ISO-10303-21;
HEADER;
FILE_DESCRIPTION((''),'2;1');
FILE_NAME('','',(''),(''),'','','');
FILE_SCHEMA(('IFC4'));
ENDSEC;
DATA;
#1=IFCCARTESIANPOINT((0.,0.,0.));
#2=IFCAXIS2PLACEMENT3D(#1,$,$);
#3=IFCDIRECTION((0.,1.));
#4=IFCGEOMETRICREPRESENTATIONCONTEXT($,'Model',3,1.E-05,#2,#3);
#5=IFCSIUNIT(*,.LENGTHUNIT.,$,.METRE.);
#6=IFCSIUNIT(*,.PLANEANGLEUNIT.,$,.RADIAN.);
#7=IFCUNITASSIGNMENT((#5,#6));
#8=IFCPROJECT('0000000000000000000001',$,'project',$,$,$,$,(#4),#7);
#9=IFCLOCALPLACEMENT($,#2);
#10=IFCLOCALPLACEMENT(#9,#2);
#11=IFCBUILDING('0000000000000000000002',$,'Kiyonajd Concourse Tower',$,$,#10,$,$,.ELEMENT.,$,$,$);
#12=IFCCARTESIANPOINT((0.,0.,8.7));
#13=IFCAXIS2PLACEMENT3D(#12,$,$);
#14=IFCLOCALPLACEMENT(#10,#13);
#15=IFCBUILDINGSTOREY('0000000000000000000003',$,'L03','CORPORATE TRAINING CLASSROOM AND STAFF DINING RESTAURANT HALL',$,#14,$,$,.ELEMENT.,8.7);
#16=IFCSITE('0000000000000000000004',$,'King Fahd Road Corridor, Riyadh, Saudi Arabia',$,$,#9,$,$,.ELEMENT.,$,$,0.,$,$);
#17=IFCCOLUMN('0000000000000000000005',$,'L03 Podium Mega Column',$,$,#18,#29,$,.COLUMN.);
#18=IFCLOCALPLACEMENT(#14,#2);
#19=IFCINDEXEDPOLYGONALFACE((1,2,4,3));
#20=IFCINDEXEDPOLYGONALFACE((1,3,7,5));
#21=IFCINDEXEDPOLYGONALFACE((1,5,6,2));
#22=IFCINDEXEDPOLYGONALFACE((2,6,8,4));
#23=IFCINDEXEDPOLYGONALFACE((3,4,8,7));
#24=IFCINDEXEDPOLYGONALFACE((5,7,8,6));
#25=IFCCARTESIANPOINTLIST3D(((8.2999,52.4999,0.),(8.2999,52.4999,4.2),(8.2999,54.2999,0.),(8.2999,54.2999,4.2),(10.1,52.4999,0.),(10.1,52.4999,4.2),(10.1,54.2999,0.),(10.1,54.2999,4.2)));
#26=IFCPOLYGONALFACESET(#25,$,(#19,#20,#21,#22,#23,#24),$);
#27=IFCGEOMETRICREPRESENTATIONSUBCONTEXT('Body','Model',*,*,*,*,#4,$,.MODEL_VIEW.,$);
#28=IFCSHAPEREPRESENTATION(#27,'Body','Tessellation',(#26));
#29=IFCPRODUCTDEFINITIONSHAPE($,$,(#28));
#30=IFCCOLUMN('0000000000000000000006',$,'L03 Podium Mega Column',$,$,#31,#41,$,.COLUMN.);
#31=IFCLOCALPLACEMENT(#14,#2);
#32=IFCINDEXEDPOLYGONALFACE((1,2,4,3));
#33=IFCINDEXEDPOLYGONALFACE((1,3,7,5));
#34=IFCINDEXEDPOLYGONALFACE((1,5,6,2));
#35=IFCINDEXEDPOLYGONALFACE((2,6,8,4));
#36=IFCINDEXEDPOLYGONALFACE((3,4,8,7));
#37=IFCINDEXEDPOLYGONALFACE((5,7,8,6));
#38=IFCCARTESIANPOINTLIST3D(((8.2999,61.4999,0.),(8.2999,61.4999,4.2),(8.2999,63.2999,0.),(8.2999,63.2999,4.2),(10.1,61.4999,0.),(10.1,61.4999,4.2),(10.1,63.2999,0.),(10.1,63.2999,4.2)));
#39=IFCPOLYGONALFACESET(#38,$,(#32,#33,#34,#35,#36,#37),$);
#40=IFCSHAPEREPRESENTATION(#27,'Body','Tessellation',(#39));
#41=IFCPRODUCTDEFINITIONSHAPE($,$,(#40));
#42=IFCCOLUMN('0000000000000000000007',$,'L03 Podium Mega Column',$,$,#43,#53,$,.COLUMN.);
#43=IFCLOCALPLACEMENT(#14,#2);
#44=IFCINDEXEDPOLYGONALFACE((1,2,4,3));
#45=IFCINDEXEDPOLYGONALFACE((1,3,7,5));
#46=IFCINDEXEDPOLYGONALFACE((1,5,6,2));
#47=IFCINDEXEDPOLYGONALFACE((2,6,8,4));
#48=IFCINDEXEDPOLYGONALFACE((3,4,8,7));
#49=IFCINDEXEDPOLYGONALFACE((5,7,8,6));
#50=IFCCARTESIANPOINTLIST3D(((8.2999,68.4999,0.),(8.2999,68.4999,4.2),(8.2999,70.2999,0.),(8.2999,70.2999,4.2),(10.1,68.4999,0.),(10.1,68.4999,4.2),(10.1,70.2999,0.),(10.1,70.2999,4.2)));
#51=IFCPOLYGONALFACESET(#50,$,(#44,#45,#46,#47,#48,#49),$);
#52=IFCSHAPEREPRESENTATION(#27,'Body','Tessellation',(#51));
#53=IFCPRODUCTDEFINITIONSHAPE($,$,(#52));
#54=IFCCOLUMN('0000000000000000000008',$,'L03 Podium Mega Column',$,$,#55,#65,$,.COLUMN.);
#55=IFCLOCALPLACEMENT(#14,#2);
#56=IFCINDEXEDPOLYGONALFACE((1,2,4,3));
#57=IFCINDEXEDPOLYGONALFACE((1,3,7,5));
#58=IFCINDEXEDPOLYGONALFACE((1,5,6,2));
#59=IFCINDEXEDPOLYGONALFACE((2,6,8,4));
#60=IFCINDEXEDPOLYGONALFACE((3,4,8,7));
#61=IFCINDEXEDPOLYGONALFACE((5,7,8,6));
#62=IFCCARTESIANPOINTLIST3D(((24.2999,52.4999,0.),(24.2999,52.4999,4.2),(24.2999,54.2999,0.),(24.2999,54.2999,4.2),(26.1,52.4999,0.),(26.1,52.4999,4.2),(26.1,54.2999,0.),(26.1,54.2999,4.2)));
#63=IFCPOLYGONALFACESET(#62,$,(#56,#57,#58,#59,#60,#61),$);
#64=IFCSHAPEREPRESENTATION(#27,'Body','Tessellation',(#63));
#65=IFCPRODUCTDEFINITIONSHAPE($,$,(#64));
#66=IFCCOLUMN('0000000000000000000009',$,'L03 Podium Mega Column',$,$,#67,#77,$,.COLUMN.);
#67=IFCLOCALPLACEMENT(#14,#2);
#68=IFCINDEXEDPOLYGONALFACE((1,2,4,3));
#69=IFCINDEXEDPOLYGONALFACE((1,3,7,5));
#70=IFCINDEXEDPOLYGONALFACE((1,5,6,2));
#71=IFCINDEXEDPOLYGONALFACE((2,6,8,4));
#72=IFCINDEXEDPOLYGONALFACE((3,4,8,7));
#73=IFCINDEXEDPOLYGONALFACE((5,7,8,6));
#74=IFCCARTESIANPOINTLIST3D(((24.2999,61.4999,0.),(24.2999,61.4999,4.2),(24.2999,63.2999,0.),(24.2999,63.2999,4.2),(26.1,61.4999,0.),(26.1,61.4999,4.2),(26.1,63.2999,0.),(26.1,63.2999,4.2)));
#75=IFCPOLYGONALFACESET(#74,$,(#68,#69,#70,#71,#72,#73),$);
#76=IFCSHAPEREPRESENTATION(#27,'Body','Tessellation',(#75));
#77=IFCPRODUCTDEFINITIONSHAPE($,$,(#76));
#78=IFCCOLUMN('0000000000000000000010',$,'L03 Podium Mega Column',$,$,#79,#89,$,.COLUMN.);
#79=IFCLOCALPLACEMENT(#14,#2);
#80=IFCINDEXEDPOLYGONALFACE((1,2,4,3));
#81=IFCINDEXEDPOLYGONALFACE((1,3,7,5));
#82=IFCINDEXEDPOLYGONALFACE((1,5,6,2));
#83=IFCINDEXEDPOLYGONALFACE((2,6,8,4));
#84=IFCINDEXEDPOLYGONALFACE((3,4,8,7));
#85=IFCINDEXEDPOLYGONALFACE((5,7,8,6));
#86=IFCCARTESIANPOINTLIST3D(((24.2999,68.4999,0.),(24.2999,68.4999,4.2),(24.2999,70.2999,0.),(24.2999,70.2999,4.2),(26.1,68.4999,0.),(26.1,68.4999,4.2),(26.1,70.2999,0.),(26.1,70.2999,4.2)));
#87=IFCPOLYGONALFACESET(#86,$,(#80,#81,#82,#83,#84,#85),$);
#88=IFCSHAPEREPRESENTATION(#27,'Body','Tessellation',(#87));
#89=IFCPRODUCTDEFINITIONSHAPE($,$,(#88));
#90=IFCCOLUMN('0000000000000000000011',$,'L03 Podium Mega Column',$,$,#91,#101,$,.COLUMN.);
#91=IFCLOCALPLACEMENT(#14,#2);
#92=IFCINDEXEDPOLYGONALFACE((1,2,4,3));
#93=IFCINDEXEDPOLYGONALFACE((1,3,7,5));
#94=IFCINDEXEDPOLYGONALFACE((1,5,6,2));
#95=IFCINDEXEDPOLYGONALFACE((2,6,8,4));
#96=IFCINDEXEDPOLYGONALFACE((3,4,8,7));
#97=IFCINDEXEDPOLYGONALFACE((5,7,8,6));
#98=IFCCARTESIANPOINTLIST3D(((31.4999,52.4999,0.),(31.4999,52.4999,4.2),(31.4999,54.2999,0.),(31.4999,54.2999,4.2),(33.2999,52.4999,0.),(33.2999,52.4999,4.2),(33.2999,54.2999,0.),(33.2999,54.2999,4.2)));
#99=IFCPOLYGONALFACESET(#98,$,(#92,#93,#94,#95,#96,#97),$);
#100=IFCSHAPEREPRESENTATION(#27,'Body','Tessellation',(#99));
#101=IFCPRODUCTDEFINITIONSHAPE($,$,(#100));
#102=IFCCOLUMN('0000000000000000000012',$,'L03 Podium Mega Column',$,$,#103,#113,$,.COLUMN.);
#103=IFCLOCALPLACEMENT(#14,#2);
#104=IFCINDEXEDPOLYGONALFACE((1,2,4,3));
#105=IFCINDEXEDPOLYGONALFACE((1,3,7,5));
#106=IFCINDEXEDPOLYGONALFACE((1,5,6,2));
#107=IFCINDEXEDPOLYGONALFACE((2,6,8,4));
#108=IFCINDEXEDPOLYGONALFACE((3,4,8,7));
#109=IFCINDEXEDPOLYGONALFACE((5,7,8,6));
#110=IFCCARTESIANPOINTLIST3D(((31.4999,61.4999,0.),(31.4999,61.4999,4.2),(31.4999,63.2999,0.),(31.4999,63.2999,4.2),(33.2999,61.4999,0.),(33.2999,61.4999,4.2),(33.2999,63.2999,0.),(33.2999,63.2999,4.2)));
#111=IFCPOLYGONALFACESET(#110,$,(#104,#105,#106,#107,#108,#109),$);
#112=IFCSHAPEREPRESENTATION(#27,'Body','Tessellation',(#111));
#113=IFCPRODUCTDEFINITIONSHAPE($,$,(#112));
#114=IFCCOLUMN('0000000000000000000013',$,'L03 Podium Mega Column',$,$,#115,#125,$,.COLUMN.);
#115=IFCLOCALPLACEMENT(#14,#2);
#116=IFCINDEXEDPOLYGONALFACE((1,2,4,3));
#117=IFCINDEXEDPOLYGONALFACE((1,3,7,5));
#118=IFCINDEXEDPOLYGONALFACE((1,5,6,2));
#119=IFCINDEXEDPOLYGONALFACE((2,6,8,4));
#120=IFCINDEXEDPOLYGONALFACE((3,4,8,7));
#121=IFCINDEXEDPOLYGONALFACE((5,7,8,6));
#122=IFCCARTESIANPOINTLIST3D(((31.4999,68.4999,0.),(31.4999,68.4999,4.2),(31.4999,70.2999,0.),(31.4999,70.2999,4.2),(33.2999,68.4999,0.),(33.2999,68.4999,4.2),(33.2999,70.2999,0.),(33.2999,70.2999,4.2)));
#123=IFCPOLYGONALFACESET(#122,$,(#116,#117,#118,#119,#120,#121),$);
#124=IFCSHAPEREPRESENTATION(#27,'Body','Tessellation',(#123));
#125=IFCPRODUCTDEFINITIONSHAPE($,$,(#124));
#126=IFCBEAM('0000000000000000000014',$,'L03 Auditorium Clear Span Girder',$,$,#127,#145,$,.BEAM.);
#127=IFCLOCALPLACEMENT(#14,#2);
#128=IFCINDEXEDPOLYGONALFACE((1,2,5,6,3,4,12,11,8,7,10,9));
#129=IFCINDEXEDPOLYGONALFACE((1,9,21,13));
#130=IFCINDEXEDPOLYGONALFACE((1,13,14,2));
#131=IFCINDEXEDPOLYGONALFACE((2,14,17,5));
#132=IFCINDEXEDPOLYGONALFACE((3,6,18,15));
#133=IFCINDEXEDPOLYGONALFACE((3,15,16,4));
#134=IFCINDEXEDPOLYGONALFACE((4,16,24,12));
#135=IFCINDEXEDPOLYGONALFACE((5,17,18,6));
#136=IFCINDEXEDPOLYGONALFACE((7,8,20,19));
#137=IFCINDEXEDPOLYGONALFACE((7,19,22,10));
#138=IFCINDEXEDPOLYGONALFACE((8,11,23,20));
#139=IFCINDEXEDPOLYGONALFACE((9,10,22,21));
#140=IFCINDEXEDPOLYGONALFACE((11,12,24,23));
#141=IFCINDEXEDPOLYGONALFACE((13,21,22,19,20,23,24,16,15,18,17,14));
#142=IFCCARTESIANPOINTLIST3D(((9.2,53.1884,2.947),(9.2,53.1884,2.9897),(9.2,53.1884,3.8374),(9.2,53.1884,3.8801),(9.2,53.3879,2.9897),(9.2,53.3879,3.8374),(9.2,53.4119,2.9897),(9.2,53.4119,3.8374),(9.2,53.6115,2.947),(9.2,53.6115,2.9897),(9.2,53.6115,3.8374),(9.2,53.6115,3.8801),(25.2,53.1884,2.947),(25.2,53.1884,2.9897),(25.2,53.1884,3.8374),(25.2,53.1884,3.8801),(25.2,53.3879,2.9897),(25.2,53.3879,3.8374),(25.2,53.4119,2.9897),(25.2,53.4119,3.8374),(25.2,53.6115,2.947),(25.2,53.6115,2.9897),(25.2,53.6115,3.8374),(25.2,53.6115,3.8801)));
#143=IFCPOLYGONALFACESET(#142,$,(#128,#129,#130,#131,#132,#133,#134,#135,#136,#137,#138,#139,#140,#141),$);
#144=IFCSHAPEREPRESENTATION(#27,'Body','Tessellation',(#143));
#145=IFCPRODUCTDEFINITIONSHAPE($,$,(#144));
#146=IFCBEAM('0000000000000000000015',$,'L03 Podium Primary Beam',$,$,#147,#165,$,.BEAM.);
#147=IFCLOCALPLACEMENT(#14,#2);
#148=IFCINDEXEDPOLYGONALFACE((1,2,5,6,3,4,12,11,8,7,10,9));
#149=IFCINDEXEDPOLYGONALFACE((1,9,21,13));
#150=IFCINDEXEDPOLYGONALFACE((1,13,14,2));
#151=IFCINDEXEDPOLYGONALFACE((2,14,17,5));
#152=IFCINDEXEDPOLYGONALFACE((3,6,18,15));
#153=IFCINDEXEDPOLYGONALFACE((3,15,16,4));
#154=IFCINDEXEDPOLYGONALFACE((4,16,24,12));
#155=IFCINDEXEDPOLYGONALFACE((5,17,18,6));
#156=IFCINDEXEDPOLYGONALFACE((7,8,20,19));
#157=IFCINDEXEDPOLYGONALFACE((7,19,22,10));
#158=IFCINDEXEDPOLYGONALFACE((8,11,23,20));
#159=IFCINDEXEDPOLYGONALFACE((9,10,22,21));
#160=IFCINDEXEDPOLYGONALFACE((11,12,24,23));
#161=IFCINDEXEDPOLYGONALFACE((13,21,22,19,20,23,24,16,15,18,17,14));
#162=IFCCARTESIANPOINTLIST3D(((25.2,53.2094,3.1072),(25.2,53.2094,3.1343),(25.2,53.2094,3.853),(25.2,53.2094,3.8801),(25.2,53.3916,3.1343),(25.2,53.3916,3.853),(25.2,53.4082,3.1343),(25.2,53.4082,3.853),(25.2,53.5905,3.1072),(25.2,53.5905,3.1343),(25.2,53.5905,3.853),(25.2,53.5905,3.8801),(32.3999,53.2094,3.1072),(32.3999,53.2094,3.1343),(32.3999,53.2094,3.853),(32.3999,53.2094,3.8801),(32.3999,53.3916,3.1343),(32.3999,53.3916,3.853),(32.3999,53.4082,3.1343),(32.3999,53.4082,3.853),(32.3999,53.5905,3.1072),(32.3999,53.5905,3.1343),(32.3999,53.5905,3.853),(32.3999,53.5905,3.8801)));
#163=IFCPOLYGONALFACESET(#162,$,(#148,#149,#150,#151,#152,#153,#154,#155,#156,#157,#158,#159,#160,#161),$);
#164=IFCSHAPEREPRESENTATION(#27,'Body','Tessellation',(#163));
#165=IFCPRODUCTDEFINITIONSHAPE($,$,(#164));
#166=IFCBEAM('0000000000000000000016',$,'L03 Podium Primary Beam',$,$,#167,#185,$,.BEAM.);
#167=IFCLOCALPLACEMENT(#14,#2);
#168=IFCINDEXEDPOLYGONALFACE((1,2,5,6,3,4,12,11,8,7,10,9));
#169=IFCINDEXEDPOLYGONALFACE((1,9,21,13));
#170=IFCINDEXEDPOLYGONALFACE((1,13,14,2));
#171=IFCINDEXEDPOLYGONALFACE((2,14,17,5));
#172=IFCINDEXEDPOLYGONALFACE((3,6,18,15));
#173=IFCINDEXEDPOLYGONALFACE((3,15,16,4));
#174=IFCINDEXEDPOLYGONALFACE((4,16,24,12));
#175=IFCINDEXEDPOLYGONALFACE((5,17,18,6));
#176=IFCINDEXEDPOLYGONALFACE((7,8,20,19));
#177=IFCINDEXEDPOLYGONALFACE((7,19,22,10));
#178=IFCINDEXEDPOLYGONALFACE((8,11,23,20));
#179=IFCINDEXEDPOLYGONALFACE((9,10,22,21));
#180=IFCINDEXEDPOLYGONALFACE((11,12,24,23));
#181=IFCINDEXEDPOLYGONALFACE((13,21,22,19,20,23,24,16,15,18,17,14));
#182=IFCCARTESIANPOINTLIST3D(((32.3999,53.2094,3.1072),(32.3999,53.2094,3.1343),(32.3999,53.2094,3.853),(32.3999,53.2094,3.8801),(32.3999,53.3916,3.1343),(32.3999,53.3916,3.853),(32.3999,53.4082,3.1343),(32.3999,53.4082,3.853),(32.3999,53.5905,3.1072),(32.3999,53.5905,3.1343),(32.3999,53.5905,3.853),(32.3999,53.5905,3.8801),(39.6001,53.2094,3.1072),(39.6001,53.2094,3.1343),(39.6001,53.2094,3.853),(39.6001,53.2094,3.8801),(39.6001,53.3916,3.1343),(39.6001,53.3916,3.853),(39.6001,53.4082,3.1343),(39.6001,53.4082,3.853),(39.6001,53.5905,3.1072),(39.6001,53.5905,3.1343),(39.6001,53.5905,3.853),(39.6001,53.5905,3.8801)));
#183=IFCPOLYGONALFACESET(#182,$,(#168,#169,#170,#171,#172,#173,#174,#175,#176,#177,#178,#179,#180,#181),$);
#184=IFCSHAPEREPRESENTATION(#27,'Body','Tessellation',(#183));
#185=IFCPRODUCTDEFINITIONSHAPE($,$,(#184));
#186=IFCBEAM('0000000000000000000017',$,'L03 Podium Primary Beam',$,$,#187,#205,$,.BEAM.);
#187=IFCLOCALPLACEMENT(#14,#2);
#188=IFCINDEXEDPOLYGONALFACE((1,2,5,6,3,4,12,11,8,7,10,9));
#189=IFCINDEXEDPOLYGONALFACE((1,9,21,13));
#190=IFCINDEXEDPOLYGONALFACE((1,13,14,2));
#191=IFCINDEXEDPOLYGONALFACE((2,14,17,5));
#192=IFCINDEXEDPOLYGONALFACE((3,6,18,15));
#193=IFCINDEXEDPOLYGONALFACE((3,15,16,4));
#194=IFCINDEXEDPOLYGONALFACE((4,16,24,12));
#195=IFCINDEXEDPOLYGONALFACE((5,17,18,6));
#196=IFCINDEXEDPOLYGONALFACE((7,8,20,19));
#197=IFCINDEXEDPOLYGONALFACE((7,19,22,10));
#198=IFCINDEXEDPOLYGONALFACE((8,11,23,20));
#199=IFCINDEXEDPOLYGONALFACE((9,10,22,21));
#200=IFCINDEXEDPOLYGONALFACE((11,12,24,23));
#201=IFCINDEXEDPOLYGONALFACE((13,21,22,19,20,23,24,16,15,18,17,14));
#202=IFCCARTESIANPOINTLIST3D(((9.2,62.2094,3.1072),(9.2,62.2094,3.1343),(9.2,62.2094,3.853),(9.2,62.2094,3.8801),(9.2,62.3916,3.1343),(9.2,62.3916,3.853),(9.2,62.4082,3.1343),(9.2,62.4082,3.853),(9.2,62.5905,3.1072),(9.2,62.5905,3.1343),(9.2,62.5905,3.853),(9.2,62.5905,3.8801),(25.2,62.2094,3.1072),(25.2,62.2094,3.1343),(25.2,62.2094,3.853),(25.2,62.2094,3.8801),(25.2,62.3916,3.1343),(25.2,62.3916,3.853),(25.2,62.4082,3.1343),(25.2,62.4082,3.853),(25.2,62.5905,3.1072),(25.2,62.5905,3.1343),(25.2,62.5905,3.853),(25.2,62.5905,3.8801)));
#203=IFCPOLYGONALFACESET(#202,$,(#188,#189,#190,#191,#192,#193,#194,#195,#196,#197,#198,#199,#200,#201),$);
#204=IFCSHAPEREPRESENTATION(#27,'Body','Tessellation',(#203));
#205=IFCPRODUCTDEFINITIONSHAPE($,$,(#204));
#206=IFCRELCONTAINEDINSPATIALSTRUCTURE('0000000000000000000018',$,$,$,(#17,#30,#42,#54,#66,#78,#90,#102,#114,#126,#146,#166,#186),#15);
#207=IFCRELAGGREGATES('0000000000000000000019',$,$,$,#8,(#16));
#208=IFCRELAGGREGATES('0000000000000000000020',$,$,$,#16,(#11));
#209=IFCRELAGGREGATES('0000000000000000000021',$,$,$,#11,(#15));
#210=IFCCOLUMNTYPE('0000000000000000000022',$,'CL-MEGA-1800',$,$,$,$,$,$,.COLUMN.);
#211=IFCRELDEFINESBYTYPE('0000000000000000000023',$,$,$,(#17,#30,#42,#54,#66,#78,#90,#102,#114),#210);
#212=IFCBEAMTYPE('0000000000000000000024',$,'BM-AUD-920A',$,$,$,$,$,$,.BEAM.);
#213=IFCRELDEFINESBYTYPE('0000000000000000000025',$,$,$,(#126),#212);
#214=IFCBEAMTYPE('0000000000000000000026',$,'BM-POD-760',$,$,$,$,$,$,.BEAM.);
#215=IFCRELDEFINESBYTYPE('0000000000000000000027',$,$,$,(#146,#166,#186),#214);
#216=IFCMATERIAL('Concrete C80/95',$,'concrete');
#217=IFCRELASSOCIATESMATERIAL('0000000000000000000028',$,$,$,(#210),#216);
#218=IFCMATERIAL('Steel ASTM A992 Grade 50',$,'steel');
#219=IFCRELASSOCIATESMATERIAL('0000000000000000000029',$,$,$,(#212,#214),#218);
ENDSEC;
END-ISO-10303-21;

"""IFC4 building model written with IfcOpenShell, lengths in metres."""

from ifc_helpers import new_model, si_unit, direction, frame, origin, origin_2d, place, context, subcontext, project, spatial, rectangle, i_section, extrude, material, material_profile, profile_set, type_object, element, save


model = new_model("IFC4")

# Units and contexts
model_context = context("Model", 3, precision=1e-05, world=origin(), true_north=direction((0.0, 1.0)))
body_context = subcontext(model_context, "Body", "Model", "MODEL_VIEW")
ifc_project = project(units=[si_unit("LENGTHUNIT", "METRE"), si_unit("PLANEANGLEUNIT", "RADIAN")], contexts=[model_context])

# Site, building, storey
site_placement = place(None, origin())
site = spatial("IfcSite", under=ifc_project, at=site_placement, Name="King Fahd Road Corridor, Riyadh, Saudi Arabia", CompositionType="ELEMENT", RefElevation=0.0)
building_placement = place(site_placement, origin())
building = spatial("IfcBuilding", under=site, at=building_placement, Name="Kiyonajd Concourse Tower", CompositionType="ELEMENT")
storey_placement = place(building_placement, frame((0.0, 0.0, 8.7)))
storey = spatial("IfcBuildingStorey", under=building, at=storey_placement, Name="L03", Description="CORPORATE TRAINING CLASSROOM AND STAFF DINING RESTAURANT HALL", CompositionType="ELEMENT", Elevation=8.7)

# Columns
ifc_material_1 = material(Name="Concrete C80/95", Category="concrete")
ifc_material_profile_1 = material_profile(ifc_material_1, rectangle(XDim=1.8, YDim=1.8, at=origin_2d()), Name="RC-1800x1800")
ifc_profile_set_1 = profile_set([ifc_material_profile_1], Name="Concrete C80/95")
column_type = type_object("IfcColumnType", Name="CL-MEGA-1800", PredefinedType="COLUMN", material=ifc_profile_set_1)
for number, where, z_axis, x_axis, name in (
    (1, (9.2, 53.3999, 0.0), (0.0, 0.0, 1.0), (1.0, 0.0, 0.0), "L03 Podium Mega Column"),
    (2, (9.2, 62.3999, 0.0), (0.0, 0.0, 1.0), (1.0, 0.0, 0.0), "L03 Podium Mega Column"),
    (3, (9.2, 69.3999, 0.0), (0.0, 0.0, 1.0), (1.0, 0.0, 0.0), "L03 Podium Mega Column"),
    (4, (25.2, 53.3999, 0.0), (0.0, 0.0, 1.0), (1.0, 0.0, 0.0), "L03 Podium Mega Column"),
    (5, (25.2, 62.3999, 0.0), (0.0, 0.0, 1.0), (1.0, 0.0, 0.0), "L03 Podium Mega Column"),
    (6, (25.2, 69.3999, 0.0), (0.0, 0.0, 1.0), (1.0, 0.0, 0.0), "L03 Podium Mega Column"),
    (7, (32.3999, 53.3999, 0.0), (0.0, 0.0, 1.0), (1.0, 0.0, 0.0), "L03 Podium Mega Column"),
    (8, (32.3999, 62.3999, 0.0), (0.0, 0.0, 1.0), (1.0, 0.0, 0.0), "L03 Podium Mega Column"),
    (9, (32.3999, 69.3999, 0.0), (0.0, 0.0, 1.0), (1.0, 0.0, 0.0), "L03 Podium Mega Column"),
):
    element("IfcColumn", number, at=place(storey_placement, frame(where, z_axis=z_axis, x_axis=x_axis)), inside=storey, type_object=column_type, Name=name, PredefinedType="COLUMN", context=body_context, shape_type="SweptSolid", body=[
        extrude(rectangle(XDim=1.8, YDim=1.8, at=origin_2d()), origin(), (0.0, 0.0, 1.0), 4.2),
    ])

# Beams
ifc_material_2 = material(Name="Steel ASTM A992 Grade 50", Category="steel")
ifc_material_profile_2 = material_profile(ifc_material_2, i_section(OverallWidth=0.4231, OverallDepth=0.9331, WebThickness=0.0239, FlangeThickness=0.0427, at=origin_2d()), Name="W920X446")
ifc_profile_set_2 = profile_set([ifc_material_profile_2], Name="Steel ASTM A992 Grade 50")
beam_type_1 = type_object("IfcBeamType", Name="BM-AUD-920A", PredefinedType="BEAM", material=ifc_profile_set_2)
beam_1_placement = place(storey_placement, frame((9.2, 53.3999, 3.4136), z_axis=(1.0, 0.0, 0.0), x_axis=(0.0, 1.0, 0.0)))
element("IfcBeam", 10, at=beam_1_placement, inside=storey, type_object=beam_type_1, Name="L03 Auditorium Clear Span Girder", PredefinedType="BEAM", context=body_context, shape_type="SweptSolid", body=[
    extrude(i_section(OverallWidth=0.4231, OverallDepth=0.9331, WebThickness=0.0239, FlangeThickness=0.0427, at=origin_2d()), origin(), (0.0, 0.0, 1.0), 16.0),
])
ifc_material_profile_3 = material_profile(ifc_material_2, i_section(OverallWidth=0.3811, OverallDepth=0.7729, WebThickness=0.0166, FlangeThickness=0.0271, at=origin_2d()), Name="W760X257")
ifc_profile_set_3 = profile_set([ifc_material_profile_3], Name="Steel ASTM A992 Grade 50")
beam_type_2 = type_object("IfcBeamType", Name="BM-POD-760", PredefinedType="BEAM", material=ifc_profile_set_3)
beam_2_placement = place(storey_placement, frame((25.2, 53.3999, 3.4937), z_axis=(1.0, 0.0, 0.0), x_axis=(0.0, 1.0, 0.0)))
element("IfcBeam", 11, at=beam_2_placement, inside=storey, type_object=beam_type_2, Name="L03 Podium Primary Beam", PredefinedType="BEAM", context=body_context, shape_type="SweptSolid", body=[
    extrude(i_section(OverallWidth=0.3811, OverallDepth=0.7729, WebThickness=0.0166, FlangeThickness=0.0271, at=origin_2d()), origin(), (0.0, 0.0, 1.0), 7.2),
])
beam_3_placement = place(storey_placement, frame((32.3999, 53.3999, 3.4937), z_axis=(1.0, 0.0, 0.0), x_axis=(0.0, 1.0, 0.0)))
element("IfcBeam", 12, at=beam_3_placement, inside=storey, type_object=beam_type_2, Name="L03 Podium Primary Beam", PredefinedType="BEAM", context=body_context, shape_type="SweptSolid", body=[
    extrude(i_section(OverallWidth=0.3811, OverallDepth=0.7729, WebThickness=0.0166, FlangeThickness=0.0271, at=origin_2d()), origin(), (0.0, 0.0, 1.0), 7.2002),
])
beam_4_placement = place(storey_placement, frame((9.2, 62.3999, 3.4937), z_axis=(1.0, 0.0, 0.0), x_axis=(0.0, 1.0, 0.0)))
element("IfcBeam", 13, at=beam_4_placement, inside=storey, type_object=beam_type_2, Name="L03 Podium Primary Beam", PredefinedType="BEAM", context=body_context, shape_type="SweptSolid", body=[
    extrude(i_section(OverallWidth=0.3811, OverallDepth=0.7729, WebThickness=0.0166, FlangeThickness=0.0271, at=origin_2d()), origin(), (0.0, 0.0, 1.0), 16.0),
])

save(model, "model.ifc")
